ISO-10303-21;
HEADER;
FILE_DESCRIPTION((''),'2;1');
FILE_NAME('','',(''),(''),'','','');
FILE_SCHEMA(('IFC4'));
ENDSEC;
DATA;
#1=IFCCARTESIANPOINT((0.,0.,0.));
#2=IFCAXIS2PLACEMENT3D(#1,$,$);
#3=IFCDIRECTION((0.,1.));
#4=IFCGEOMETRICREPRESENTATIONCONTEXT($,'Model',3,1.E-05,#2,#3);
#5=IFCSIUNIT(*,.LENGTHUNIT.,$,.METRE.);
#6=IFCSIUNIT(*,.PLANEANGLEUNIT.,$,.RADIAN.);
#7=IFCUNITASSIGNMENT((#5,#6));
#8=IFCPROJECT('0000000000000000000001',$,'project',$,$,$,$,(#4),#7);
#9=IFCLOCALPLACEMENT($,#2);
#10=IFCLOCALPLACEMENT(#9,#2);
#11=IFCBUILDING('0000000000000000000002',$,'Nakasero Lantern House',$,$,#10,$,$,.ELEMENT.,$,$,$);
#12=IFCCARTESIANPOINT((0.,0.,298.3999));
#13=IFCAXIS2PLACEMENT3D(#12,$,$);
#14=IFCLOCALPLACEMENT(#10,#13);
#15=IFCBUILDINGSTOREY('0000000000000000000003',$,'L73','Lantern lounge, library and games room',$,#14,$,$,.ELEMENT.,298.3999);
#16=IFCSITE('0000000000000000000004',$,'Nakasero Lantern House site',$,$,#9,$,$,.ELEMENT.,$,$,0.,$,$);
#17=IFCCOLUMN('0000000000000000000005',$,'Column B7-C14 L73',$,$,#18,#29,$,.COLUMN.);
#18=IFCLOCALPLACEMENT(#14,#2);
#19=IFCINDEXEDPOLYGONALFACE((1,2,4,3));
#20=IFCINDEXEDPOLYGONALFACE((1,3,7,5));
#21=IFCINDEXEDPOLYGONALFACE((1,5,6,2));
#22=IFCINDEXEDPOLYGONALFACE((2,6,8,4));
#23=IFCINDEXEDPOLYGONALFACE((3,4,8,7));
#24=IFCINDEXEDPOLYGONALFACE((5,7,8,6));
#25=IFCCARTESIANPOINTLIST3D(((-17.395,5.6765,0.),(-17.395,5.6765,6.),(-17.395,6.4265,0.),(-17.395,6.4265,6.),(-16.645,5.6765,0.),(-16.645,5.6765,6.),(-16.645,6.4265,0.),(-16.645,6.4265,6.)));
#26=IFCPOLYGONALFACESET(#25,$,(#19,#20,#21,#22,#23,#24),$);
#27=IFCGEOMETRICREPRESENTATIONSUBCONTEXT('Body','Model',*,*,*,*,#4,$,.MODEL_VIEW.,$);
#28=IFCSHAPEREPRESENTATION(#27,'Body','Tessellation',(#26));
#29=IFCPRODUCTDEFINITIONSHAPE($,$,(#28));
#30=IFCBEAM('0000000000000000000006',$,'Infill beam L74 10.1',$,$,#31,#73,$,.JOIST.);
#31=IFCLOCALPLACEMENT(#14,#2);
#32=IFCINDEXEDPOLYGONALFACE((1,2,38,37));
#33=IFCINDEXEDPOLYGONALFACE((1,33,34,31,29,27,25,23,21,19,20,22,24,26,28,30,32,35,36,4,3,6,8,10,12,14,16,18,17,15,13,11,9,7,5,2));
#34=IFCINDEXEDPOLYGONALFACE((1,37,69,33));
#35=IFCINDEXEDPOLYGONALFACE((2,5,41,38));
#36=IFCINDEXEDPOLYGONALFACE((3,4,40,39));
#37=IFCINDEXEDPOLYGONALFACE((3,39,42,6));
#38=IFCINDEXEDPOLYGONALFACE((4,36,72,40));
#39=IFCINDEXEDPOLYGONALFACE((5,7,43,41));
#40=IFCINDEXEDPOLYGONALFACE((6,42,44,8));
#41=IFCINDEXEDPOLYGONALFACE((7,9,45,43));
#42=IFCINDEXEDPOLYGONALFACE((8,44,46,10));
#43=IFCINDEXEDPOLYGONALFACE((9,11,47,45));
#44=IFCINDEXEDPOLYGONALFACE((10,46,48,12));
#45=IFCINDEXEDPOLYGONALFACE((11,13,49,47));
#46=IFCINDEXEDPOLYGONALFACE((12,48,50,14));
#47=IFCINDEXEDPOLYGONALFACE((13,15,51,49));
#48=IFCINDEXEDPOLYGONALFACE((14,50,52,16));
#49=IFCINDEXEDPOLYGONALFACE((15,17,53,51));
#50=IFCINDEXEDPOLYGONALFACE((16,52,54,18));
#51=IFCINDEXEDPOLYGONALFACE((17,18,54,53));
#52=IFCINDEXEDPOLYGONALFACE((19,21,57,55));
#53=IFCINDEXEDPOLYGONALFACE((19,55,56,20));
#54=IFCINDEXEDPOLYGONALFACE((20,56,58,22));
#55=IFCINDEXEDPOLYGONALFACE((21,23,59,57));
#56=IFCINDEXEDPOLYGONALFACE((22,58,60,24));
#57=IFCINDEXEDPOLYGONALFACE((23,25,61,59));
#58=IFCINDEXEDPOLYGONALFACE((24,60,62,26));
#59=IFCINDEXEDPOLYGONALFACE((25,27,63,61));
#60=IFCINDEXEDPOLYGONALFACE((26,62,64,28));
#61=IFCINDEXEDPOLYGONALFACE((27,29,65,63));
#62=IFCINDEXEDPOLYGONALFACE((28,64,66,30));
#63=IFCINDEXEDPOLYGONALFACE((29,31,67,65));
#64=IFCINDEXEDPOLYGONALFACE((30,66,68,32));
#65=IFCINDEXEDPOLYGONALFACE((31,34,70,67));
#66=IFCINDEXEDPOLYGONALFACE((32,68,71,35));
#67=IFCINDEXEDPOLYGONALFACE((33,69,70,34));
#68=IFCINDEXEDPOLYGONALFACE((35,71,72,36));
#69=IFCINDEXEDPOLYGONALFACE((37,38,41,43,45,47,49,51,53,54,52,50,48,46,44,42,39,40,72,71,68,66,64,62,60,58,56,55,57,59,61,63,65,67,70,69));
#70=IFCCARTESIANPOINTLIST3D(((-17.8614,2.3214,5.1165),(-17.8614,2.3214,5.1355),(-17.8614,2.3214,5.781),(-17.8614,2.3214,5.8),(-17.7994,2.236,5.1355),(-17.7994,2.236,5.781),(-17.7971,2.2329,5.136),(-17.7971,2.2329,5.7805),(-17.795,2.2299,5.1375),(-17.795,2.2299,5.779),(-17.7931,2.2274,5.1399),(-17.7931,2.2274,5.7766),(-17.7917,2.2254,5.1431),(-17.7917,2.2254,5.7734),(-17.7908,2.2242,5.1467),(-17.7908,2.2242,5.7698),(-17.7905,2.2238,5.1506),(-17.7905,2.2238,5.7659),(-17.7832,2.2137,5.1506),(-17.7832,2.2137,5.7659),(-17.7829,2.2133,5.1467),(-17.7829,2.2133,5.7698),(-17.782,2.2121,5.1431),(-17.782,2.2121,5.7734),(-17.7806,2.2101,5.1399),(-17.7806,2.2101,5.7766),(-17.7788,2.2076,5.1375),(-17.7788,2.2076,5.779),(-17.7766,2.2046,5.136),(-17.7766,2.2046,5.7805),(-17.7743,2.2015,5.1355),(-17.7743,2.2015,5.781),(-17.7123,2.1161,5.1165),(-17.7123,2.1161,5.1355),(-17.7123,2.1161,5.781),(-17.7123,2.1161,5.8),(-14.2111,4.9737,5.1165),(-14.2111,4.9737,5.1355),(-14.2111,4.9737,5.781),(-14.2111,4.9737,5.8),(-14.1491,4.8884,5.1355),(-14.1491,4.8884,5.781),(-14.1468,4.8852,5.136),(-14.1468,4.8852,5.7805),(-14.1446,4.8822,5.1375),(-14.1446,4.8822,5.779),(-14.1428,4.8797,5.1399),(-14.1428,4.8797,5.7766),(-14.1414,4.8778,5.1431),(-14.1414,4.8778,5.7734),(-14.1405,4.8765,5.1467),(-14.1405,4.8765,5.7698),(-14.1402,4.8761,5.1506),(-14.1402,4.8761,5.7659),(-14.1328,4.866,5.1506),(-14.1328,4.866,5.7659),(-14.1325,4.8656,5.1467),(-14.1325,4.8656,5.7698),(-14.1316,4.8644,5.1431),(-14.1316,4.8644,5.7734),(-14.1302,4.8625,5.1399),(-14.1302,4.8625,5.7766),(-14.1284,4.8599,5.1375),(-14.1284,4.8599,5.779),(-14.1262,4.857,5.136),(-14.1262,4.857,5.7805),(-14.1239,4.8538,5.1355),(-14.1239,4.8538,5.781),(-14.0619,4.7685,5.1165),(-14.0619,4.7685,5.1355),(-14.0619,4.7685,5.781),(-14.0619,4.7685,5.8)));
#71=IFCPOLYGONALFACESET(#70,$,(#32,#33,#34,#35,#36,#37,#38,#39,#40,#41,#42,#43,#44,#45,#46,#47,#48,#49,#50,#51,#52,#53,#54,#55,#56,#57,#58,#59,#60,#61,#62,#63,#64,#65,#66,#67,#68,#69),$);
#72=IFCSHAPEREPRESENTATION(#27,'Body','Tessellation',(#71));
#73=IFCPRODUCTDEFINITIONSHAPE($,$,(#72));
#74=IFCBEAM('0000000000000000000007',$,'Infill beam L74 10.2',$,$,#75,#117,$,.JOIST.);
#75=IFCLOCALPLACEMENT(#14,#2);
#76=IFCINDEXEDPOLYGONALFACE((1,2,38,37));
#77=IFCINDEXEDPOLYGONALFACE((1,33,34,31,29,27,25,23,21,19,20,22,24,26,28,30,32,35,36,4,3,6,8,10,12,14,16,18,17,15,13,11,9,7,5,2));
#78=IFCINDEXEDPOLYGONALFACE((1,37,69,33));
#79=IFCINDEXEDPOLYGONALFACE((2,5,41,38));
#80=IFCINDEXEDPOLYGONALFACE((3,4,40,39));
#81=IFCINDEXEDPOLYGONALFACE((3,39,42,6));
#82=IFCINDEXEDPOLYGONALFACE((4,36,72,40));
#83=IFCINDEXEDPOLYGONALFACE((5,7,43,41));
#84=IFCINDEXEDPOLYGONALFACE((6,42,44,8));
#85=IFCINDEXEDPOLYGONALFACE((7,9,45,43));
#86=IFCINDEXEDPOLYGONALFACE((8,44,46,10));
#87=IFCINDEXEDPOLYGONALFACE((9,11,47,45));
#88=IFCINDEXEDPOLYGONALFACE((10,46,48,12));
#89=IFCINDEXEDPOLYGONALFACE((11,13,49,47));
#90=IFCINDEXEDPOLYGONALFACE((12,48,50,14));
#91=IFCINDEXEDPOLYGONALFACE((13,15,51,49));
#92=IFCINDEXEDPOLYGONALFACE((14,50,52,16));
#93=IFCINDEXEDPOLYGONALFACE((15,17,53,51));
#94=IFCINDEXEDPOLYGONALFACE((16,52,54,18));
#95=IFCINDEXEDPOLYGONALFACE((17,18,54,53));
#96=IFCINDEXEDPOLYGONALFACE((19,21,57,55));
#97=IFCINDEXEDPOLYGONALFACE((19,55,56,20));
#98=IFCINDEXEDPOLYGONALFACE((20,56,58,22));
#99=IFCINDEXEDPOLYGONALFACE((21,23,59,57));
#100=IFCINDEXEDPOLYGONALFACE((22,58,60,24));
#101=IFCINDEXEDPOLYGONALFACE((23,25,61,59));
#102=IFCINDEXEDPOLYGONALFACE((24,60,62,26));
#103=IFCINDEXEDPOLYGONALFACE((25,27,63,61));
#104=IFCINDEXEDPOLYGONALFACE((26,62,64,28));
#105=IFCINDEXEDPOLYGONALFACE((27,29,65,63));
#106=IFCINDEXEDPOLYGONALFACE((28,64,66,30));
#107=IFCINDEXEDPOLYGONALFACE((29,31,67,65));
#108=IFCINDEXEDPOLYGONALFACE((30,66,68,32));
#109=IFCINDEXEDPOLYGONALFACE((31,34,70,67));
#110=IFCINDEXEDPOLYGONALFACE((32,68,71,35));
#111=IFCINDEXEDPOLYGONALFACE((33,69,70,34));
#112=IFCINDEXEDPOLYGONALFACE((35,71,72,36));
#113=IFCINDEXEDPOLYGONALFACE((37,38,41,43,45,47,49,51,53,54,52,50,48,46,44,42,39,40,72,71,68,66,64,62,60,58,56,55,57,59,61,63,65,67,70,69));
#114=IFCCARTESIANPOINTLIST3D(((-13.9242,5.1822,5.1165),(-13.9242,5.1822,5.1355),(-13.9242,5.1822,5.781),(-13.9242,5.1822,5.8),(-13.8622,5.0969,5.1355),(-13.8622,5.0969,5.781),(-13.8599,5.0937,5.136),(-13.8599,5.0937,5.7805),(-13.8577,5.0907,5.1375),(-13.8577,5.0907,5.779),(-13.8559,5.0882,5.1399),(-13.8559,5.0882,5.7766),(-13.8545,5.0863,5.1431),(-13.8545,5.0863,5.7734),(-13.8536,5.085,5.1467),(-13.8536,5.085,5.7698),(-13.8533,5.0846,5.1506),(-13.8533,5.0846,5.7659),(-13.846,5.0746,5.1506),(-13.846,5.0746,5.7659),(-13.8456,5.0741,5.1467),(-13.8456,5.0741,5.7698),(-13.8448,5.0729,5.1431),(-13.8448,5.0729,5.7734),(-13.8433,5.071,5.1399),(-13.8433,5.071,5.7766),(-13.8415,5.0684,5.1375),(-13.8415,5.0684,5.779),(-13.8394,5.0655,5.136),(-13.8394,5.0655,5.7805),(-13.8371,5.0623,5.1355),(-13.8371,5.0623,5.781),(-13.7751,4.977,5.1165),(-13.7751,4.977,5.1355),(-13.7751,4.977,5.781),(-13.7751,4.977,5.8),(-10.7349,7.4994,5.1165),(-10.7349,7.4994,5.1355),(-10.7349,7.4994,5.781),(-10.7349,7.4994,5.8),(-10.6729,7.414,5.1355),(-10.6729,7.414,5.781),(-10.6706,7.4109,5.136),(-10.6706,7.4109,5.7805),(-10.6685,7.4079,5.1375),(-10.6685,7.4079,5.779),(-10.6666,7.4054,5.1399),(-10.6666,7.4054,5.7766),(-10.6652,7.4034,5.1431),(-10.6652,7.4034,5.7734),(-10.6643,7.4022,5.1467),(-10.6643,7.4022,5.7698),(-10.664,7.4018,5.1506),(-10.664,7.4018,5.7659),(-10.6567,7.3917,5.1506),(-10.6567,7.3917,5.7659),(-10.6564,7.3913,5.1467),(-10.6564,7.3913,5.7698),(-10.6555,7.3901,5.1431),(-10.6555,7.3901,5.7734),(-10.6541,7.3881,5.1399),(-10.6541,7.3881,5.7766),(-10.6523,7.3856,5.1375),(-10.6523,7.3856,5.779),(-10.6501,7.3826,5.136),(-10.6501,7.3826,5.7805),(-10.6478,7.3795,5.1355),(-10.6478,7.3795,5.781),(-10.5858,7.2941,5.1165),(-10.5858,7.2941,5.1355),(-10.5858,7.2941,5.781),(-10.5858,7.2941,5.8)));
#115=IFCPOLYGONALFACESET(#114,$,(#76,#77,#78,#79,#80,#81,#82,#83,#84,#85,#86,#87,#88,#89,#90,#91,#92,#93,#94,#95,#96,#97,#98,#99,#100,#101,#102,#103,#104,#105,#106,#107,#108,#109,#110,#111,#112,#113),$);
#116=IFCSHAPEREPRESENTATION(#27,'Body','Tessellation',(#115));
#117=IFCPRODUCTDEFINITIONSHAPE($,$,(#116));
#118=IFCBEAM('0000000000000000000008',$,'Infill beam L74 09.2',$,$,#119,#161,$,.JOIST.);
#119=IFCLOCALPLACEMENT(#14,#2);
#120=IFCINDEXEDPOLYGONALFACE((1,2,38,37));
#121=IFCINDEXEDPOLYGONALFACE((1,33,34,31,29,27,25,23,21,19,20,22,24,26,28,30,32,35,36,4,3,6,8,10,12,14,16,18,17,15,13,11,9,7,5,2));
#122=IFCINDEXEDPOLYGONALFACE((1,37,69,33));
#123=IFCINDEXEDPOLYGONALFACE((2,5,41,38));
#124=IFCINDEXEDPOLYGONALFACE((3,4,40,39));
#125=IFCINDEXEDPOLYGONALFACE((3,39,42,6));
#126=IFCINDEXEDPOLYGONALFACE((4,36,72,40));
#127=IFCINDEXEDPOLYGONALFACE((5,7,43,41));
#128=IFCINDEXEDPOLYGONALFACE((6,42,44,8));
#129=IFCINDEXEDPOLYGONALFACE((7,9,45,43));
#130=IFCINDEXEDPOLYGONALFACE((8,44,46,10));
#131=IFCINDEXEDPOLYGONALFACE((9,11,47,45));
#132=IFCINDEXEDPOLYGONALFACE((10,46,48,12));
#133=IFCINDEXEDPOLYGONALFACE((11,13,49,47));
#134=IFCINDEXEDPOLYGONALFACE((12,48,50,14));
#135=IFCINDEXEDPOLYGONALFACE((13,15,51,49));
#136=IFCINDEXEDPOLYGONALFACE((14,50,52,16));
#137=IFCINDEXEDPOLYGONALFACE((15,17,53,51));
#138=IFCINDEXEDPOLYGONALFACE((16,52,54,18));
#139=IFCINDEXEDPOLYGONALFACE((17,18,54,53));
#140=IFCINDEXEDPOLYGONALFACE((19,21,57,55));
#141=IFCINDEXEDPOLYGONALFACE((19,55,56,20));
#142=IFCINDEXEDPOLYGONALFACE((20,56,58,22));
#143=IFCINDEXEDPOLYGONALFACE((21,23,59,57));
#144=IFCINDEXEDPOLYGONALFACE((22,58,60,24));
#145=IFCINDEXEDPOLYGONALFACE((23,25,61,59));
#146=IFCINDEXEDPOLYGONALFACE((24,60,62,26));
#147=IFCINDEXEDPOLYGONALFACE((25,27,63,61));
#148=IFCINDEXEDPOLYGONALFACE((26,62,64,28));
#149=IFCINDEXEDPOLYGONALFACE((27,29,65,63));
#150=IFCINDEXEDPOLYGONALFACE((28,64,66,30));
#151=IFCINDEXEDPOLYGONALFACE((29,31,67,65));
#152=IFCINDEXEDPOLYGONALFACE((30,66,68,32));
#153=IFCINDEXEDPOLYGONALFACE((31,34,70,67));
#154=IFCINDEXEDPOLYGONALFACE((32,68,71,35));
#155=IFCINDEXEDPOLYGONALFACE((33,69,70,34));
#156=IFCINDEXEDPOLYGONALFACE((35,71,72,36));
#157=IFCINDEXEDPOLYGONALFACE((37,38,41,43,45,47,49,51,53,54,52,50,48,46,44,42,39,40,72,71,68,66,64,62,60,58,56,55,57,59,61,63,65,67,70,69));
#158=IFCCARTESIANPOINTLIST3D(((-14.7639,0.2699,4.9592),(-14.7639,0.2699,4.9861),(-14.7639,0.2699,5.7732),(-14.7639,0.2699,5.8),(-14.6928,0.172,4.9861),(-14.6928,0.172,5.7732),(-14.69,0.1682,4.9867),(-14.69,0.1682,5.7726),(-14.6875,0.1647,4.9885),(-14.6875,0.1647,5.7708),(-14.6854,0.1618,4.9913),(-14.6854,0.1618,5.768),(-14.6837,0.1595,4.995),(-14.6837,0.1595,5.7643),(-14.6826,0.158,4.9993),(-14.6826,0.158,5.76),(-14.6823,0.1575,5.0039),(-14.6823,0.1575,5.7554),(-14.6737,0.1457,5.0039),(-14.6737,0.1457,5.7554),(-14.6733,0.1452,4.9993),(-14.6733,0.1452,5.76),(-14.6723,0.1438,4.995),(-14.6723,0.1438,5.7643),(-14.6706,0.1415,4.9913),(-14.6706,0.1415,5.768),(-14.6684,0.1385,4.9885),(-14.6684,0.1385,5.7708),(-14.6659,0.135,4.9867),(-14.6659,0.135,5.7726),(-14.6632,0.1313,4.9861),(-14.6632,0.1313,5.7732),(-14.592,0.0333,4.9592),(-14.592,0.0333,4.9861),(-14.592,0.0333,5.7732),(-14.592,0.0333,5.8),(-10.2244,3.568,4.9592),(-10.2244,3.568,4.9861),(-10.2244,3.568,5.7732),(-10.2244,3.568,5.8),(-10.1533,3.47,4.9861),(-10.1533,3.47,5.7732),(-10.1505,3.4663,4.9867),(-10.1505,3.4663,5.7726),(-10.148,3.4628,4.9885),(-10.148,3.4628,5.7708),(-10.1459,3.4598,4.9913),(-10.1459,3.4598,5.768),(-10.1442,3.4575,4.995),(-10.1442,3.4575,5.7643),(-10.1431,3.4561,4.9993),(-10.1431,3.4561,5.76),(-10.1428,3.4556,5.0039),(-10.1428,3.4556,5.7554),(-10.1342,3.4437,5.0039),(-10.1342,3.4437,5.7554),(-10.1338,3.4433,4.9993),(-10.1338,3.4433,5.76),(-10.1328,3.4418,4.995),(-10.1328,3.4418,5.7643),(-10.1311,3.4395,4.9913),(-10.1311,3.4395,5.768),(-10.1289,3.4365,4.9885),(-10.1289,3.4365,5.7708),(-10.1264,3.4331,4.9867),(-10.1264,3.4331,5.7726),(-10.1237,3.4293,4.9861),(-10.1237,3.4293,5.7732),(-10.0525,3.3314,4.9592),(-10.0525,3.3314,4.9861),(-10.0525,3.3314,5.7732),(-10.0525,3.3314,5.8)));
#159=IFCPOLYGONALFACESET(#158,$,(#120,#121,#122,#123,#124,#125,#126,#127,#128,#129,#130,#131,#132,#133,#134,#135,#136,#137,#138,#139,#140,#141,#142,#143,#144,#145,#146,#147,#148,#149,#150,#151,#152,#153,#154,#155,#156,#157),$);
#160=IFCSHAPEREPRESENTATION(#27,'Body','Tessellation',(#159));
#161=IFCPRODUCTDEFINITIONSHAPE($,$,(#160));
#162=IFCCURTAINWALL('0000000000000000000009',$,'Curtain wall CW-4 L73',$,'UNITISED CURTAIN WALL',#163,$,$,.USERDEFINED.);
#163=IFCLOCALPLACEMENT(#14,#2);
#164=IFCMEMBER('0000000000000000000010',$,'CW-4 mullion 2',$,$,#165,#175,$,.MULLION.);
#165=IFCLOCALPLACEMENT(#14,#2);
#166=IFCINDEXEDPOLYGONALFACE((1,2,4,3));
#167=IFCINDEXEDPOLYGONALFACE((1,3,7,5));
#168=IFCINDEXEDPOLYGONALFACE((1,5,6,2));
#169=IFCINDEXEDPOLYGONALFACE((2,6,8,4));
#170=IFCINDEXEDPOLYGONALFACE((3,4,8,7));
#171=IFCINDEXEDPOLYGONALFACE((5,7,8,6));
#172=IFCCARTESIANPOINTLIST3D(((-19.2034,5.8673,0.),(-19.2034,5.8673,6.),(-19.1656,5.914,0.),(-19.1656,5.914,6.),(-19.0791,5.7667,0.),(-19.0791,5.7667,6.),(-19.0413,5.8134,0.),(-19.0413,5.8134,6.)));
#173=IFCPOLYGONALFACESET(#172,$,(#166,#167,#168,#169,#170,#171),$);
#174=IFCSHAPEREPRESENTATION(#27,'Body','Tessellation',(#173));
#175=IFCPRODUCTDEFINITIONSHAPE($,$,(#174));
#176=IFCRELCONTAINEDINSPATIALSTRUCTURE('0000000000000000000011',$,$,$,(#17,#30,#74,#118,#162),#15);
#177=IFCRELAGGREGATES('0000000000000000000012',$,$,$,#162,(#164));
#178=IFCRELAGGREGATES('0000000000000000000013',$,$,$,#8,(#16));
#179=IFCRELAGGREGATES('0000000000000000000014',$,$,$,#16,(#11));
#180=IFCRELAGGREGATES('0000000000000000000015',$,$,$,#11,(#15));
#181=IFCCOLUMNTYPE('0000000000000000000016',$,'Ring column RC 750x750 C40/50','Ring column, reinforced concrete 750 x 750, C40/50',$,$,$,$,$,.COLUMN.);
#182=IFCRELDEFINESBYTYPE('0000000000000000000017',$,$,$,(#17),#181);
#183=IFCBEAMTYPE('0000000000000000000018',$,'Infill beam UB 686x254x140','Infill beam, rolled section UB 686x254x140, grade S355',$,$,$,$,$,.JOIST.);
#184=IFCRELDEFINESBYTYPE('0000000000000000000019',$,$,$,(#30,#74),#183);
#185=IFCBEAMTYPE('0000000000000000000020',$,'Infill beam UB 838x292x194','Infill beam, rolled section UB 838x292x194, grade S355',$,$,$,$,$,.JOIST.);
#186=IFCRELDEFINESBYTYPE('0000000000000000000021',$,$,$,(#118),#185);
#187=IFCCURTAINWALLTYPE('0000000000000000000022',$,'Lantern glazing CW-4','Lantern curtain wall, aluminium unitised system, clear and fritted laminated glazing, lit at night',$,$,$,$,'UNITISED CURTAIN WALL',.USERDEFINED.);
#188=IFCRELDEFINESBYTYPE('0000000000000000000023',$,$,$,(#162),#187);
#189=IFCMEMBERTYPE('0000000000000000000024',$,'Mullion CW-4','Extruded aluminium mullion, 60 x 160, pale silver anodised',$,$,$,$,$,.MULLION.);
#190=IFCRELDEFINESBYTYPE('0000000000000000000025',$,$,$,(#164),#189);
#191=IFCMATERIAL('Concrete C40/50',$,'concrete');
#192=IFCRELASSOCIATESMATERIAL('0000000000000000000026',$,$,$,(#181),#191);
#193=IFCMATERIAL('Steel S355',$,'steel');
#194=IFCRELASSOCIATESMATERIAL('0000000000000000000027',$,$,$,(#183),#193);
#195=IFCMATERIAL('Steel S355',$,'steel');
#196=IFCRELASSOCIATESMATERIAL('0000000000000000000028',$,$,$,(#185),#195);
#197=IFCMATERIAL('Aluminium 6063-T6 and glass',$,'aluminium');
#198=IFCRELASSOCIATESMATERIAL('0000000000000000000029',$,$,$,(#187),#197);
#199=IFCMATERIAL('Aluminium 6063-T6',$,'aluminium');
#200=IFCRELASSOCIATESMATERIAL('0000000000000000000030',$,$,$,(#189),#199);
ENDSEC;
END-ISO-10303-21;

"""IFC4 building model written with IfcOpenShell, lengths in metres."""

from ifc_helpers import new_model, si_unit, direction, frame, origin, origin_2d, place, context, subcontext, project, spatial, rectangle, i_section, extrude, material, material_profile, profile_set, type_object, element, aggregate, save


model = new_model("IFC4")

# Units and contexts
model_context = context("Model", 3, precision=1e-05, world=origin(), true_north=direction((0.0, 1.0)))
body_context = subcontext(model_context, "Body", "Model", "MODEL_VIEW")
ifc_project = project(units=[si_unit("LENGTHUNIT", "METRE"), si_unit("PLANEANGLEUNIT", "RADIAN")], contexts=[model_context])

# Site, building, storey
site_placement = place(None, origin())
site = spatial("IfcSite", under=ifc_project, at=site_placement, Name="Nakasero Lantern House site", CompositionType="ELEMENT", RefElevation=0.0)
building_placement = place(site_placement, origin())
building = spatial("IfcBuilding", under=site, at=building_placement, Name="Nakasero Lantern House", CompositionType="ELEMENT")
storey_placement = place(building_placement, frame((0.0, 0.0, 298.3999)))
storey = spatial("IfcBuildingStorey", under=building, at=storey_placement, Name="L73", Description="Lantern lounge, library and games room", CompositionType="ELEMENT", Elevation=298.3999)

# Column
ifc_material_1 = material(Name="Concrete C40/50", Category="concrete")
ifc_material_profile_1 = material_profile(ifc_material_1, rectangle(XDim=0.75, YDim=0.75, at=origin_2d()), Name="RC 750x750")
ifc_profile_set_1 = profile_set([ifc_material_profile_1], Name="Concrete C40/50")
column_type = type_object("IfcColumnType", Name="Ring column RC 750x750 C40/50", Description="Ring column, reinforced concrete 750 x 750, C40/50", PredefinedType="COLUMN", material=ifc_profile_set_1)
column_placement = place(storey_placement, frame((-17.02, 6.0515, 0.0), z_axis=(0.0, 0.0, 1.0), x_axis=(1.0, 0.0, 0.0)))
element("IfcColumn", 1, at=column_placement, inside=storey, type_object=column_type, Name="Column B7-C14 L73", PredefinedType="COLUMN", context=body_context, shape_type="SweptSolid", body=[
    extrude(rectangle(XDim=0.75, YDim=0.75, at=origin_2d()), origin(), (0.0, 0.0, 1.0), 6.0),
])

# Beams
ifc_material_2 = material(Name="Steel S355", Category="steel")
ifc_material_profile_2 = material_profile(ifc_material_2, i_section(OverallWidth=0.2537, OverallDepth=0.6836, WebThickness=0.0125, FlangeThickness=0.019, FilletRadius=0.0151, at=origin_2d()), Name="UB 686x254x140")
ifc_profile_set_2 = profile_set([ifc_material_profile_2], Name="Steel S355")
beam_type_1 = type_object("IfcBeamType", Name="Infill beam UB 686x254x140", Description="Infill beam, rolled section UB 686x254x140, grade S355", PredefinedType="JOIST", material=ifc_profile_set_2)
beam_1_placement = place(storey_placement, frame((-17.7869, 2.2188, 5.4583), z_axis=(0.808998, 0.587811, 0.0), x_axis=(-0.587811, 0.808998, 0.0)))
element("IfcBeam", 2, at=beam_1_placement, inside=storey, type_object=beam_type_1, Name="Infill beam L74 10.1", PredefinedType="JOIST", context=body_context, shape_type="SweptSolid", body=[
    extrude(i_section(OverallWidth=0.2537, OverallDepth=0.6836, WebThickness=0.0125, FlangeThickness=0.019, FilletRadius=0.0151, at=origin_2d()), origin(), (0.0, 0.0, 1.0), 4.5122),
])
beam_2_placement = place(storey_placement, frame((-13.8496, 5.0796, 5.4583), z_axis=(0.809012, 0.587792, 0.0), x_axis=(-0.587792, 0.809012, 0.0)))
element("IfcBeam", 3, at=beam_2_placement, inside=storey, type_object=beam_type_1, Name="Infill beam L74 10.2", PredefinedType="JOIST", context=body_context, shape_type="SweptSolid", body=[
    extrude(i_section(OverallWidth=0.2537, OverallDepth=0.6836, WebThickness=0.0125, FlangeThickness=0.019, FilletRadius=0.0151, at=origin_2d()), origin(), (0.0, 0.0, 1.0), 3.9421),
])
ifc_material_3 = material(Name="Steel S355", Category="steel")
ifc_material_profile_3 = material_profile(ifc_material_3, i_section(OverallWidth=0.2925, OverallDepth=0.8408, WebThickness=0.0146, FlangeThickness=0.0269, FilletRadius=0.0178, at=origin_2d()), Name="UB 838x292x194")
ifc_profile_set_3 = profile_set([ifc_material_profile_3], Name="Steel S355")
beam_type_2 = type_object("IfcBeamType", Name="Infill beam UB 838x292x194", Description="Infill beam, rolled section UB 838x292x194, grade S355", PredefinedType="JOIST", material=ifc_profile_set_3)
beam_3_placement = place(storey_placement, frame((-14.678, 0.1516, 5.3796), z_axis=(0.809024, 0.587776, 0.0), x_axis=(-0.587776, 0.809024, 0.0)))
element("IfcBeam", 4, at=beam_3_placement, inside=storey, type_object=beam_type_2, Name="Infill beam L74 09.2", PredefinedType="JOIST", context=body_context, shape_type="SweptSolid", body=[
    extrude(i_section(OverallWidth=0.2925, OverallDepth=0.8408, WebThickness=0.0146, FlangeThickness=0.0269, FilletRadius=0.0178, at=origin_2d()), origin(), (0.0, 0.0, 1.0), 5.6111),
])

# Curtain wall, member
ifc_material_4 = material(Name="Aluminium 6063-T6 and glass", Category="aluminium")
curtain_wall_type = type_object("IfcCurtainWallType", Name="Lantern glazing CW-4", Description="Lantern curtain wall, aluminium unitised system, clear and fritted laminated glazing, lit at night", ElementType="UNITISED CURTAIN WALL", PredefinedType="USERDEFINED", material=ifc_material_4)
curtain_wall_1_placement = place(storey_placement, origin())
curtain_wall_1 = element("IfcCurtainWall", 5, at=curtain_wall_1_placement, inside=storey, type_object=curtain_wall_type, Name="Curtain wall CW-4 L73", ObjectType="UNITISED CURTAIN WALL", PredefinedType="USERDEFINED")
ifc_material_5 = material(Name="Aluminium 6063-T6", Category="aluminium")
ifc_material_profile_4 = material_profile(ifc_material_5, rectangle(XDim=0.0601, YDim=0.1599, at=origin_2d()), Name="CW-4 mullion 60x160")
ifc_profile_set_4 = profile_set([ifc_material_profile_4], Name="Aluminium 6063-T6")
member_type_1 = type_object("IfcMemberType", Name="Mullion CW-4", Description="Extruded aluminium mullion, 60 x 160, pale silver anodised", PredefinedType="MULLION", material=ifc_profile_set_4)
member_1_placement = place(storey_placement, frame((-19.1223, 5.8403, 0.0), z_axis=(0.0, 0.0, 1.0), x_axis=(-0.62932, -0.777146, 0.0)))
member_1 = element("IfcMember", 6, at=member_1_placement, type_object=member_type_1, Name="CW-4 mullion 2", PredefinedType="MULLION", context=body_context, shape_type="SweptSolid", body=[
    extrude(rectangle(XDim=0.0601, YDim=0.1599, at=origin_2d()), origin(), (0.0, 0.0, 1.0), 6.0),
])

aggregate(curtain_wall_1, [member_1])

save(model, "model.ifc")
